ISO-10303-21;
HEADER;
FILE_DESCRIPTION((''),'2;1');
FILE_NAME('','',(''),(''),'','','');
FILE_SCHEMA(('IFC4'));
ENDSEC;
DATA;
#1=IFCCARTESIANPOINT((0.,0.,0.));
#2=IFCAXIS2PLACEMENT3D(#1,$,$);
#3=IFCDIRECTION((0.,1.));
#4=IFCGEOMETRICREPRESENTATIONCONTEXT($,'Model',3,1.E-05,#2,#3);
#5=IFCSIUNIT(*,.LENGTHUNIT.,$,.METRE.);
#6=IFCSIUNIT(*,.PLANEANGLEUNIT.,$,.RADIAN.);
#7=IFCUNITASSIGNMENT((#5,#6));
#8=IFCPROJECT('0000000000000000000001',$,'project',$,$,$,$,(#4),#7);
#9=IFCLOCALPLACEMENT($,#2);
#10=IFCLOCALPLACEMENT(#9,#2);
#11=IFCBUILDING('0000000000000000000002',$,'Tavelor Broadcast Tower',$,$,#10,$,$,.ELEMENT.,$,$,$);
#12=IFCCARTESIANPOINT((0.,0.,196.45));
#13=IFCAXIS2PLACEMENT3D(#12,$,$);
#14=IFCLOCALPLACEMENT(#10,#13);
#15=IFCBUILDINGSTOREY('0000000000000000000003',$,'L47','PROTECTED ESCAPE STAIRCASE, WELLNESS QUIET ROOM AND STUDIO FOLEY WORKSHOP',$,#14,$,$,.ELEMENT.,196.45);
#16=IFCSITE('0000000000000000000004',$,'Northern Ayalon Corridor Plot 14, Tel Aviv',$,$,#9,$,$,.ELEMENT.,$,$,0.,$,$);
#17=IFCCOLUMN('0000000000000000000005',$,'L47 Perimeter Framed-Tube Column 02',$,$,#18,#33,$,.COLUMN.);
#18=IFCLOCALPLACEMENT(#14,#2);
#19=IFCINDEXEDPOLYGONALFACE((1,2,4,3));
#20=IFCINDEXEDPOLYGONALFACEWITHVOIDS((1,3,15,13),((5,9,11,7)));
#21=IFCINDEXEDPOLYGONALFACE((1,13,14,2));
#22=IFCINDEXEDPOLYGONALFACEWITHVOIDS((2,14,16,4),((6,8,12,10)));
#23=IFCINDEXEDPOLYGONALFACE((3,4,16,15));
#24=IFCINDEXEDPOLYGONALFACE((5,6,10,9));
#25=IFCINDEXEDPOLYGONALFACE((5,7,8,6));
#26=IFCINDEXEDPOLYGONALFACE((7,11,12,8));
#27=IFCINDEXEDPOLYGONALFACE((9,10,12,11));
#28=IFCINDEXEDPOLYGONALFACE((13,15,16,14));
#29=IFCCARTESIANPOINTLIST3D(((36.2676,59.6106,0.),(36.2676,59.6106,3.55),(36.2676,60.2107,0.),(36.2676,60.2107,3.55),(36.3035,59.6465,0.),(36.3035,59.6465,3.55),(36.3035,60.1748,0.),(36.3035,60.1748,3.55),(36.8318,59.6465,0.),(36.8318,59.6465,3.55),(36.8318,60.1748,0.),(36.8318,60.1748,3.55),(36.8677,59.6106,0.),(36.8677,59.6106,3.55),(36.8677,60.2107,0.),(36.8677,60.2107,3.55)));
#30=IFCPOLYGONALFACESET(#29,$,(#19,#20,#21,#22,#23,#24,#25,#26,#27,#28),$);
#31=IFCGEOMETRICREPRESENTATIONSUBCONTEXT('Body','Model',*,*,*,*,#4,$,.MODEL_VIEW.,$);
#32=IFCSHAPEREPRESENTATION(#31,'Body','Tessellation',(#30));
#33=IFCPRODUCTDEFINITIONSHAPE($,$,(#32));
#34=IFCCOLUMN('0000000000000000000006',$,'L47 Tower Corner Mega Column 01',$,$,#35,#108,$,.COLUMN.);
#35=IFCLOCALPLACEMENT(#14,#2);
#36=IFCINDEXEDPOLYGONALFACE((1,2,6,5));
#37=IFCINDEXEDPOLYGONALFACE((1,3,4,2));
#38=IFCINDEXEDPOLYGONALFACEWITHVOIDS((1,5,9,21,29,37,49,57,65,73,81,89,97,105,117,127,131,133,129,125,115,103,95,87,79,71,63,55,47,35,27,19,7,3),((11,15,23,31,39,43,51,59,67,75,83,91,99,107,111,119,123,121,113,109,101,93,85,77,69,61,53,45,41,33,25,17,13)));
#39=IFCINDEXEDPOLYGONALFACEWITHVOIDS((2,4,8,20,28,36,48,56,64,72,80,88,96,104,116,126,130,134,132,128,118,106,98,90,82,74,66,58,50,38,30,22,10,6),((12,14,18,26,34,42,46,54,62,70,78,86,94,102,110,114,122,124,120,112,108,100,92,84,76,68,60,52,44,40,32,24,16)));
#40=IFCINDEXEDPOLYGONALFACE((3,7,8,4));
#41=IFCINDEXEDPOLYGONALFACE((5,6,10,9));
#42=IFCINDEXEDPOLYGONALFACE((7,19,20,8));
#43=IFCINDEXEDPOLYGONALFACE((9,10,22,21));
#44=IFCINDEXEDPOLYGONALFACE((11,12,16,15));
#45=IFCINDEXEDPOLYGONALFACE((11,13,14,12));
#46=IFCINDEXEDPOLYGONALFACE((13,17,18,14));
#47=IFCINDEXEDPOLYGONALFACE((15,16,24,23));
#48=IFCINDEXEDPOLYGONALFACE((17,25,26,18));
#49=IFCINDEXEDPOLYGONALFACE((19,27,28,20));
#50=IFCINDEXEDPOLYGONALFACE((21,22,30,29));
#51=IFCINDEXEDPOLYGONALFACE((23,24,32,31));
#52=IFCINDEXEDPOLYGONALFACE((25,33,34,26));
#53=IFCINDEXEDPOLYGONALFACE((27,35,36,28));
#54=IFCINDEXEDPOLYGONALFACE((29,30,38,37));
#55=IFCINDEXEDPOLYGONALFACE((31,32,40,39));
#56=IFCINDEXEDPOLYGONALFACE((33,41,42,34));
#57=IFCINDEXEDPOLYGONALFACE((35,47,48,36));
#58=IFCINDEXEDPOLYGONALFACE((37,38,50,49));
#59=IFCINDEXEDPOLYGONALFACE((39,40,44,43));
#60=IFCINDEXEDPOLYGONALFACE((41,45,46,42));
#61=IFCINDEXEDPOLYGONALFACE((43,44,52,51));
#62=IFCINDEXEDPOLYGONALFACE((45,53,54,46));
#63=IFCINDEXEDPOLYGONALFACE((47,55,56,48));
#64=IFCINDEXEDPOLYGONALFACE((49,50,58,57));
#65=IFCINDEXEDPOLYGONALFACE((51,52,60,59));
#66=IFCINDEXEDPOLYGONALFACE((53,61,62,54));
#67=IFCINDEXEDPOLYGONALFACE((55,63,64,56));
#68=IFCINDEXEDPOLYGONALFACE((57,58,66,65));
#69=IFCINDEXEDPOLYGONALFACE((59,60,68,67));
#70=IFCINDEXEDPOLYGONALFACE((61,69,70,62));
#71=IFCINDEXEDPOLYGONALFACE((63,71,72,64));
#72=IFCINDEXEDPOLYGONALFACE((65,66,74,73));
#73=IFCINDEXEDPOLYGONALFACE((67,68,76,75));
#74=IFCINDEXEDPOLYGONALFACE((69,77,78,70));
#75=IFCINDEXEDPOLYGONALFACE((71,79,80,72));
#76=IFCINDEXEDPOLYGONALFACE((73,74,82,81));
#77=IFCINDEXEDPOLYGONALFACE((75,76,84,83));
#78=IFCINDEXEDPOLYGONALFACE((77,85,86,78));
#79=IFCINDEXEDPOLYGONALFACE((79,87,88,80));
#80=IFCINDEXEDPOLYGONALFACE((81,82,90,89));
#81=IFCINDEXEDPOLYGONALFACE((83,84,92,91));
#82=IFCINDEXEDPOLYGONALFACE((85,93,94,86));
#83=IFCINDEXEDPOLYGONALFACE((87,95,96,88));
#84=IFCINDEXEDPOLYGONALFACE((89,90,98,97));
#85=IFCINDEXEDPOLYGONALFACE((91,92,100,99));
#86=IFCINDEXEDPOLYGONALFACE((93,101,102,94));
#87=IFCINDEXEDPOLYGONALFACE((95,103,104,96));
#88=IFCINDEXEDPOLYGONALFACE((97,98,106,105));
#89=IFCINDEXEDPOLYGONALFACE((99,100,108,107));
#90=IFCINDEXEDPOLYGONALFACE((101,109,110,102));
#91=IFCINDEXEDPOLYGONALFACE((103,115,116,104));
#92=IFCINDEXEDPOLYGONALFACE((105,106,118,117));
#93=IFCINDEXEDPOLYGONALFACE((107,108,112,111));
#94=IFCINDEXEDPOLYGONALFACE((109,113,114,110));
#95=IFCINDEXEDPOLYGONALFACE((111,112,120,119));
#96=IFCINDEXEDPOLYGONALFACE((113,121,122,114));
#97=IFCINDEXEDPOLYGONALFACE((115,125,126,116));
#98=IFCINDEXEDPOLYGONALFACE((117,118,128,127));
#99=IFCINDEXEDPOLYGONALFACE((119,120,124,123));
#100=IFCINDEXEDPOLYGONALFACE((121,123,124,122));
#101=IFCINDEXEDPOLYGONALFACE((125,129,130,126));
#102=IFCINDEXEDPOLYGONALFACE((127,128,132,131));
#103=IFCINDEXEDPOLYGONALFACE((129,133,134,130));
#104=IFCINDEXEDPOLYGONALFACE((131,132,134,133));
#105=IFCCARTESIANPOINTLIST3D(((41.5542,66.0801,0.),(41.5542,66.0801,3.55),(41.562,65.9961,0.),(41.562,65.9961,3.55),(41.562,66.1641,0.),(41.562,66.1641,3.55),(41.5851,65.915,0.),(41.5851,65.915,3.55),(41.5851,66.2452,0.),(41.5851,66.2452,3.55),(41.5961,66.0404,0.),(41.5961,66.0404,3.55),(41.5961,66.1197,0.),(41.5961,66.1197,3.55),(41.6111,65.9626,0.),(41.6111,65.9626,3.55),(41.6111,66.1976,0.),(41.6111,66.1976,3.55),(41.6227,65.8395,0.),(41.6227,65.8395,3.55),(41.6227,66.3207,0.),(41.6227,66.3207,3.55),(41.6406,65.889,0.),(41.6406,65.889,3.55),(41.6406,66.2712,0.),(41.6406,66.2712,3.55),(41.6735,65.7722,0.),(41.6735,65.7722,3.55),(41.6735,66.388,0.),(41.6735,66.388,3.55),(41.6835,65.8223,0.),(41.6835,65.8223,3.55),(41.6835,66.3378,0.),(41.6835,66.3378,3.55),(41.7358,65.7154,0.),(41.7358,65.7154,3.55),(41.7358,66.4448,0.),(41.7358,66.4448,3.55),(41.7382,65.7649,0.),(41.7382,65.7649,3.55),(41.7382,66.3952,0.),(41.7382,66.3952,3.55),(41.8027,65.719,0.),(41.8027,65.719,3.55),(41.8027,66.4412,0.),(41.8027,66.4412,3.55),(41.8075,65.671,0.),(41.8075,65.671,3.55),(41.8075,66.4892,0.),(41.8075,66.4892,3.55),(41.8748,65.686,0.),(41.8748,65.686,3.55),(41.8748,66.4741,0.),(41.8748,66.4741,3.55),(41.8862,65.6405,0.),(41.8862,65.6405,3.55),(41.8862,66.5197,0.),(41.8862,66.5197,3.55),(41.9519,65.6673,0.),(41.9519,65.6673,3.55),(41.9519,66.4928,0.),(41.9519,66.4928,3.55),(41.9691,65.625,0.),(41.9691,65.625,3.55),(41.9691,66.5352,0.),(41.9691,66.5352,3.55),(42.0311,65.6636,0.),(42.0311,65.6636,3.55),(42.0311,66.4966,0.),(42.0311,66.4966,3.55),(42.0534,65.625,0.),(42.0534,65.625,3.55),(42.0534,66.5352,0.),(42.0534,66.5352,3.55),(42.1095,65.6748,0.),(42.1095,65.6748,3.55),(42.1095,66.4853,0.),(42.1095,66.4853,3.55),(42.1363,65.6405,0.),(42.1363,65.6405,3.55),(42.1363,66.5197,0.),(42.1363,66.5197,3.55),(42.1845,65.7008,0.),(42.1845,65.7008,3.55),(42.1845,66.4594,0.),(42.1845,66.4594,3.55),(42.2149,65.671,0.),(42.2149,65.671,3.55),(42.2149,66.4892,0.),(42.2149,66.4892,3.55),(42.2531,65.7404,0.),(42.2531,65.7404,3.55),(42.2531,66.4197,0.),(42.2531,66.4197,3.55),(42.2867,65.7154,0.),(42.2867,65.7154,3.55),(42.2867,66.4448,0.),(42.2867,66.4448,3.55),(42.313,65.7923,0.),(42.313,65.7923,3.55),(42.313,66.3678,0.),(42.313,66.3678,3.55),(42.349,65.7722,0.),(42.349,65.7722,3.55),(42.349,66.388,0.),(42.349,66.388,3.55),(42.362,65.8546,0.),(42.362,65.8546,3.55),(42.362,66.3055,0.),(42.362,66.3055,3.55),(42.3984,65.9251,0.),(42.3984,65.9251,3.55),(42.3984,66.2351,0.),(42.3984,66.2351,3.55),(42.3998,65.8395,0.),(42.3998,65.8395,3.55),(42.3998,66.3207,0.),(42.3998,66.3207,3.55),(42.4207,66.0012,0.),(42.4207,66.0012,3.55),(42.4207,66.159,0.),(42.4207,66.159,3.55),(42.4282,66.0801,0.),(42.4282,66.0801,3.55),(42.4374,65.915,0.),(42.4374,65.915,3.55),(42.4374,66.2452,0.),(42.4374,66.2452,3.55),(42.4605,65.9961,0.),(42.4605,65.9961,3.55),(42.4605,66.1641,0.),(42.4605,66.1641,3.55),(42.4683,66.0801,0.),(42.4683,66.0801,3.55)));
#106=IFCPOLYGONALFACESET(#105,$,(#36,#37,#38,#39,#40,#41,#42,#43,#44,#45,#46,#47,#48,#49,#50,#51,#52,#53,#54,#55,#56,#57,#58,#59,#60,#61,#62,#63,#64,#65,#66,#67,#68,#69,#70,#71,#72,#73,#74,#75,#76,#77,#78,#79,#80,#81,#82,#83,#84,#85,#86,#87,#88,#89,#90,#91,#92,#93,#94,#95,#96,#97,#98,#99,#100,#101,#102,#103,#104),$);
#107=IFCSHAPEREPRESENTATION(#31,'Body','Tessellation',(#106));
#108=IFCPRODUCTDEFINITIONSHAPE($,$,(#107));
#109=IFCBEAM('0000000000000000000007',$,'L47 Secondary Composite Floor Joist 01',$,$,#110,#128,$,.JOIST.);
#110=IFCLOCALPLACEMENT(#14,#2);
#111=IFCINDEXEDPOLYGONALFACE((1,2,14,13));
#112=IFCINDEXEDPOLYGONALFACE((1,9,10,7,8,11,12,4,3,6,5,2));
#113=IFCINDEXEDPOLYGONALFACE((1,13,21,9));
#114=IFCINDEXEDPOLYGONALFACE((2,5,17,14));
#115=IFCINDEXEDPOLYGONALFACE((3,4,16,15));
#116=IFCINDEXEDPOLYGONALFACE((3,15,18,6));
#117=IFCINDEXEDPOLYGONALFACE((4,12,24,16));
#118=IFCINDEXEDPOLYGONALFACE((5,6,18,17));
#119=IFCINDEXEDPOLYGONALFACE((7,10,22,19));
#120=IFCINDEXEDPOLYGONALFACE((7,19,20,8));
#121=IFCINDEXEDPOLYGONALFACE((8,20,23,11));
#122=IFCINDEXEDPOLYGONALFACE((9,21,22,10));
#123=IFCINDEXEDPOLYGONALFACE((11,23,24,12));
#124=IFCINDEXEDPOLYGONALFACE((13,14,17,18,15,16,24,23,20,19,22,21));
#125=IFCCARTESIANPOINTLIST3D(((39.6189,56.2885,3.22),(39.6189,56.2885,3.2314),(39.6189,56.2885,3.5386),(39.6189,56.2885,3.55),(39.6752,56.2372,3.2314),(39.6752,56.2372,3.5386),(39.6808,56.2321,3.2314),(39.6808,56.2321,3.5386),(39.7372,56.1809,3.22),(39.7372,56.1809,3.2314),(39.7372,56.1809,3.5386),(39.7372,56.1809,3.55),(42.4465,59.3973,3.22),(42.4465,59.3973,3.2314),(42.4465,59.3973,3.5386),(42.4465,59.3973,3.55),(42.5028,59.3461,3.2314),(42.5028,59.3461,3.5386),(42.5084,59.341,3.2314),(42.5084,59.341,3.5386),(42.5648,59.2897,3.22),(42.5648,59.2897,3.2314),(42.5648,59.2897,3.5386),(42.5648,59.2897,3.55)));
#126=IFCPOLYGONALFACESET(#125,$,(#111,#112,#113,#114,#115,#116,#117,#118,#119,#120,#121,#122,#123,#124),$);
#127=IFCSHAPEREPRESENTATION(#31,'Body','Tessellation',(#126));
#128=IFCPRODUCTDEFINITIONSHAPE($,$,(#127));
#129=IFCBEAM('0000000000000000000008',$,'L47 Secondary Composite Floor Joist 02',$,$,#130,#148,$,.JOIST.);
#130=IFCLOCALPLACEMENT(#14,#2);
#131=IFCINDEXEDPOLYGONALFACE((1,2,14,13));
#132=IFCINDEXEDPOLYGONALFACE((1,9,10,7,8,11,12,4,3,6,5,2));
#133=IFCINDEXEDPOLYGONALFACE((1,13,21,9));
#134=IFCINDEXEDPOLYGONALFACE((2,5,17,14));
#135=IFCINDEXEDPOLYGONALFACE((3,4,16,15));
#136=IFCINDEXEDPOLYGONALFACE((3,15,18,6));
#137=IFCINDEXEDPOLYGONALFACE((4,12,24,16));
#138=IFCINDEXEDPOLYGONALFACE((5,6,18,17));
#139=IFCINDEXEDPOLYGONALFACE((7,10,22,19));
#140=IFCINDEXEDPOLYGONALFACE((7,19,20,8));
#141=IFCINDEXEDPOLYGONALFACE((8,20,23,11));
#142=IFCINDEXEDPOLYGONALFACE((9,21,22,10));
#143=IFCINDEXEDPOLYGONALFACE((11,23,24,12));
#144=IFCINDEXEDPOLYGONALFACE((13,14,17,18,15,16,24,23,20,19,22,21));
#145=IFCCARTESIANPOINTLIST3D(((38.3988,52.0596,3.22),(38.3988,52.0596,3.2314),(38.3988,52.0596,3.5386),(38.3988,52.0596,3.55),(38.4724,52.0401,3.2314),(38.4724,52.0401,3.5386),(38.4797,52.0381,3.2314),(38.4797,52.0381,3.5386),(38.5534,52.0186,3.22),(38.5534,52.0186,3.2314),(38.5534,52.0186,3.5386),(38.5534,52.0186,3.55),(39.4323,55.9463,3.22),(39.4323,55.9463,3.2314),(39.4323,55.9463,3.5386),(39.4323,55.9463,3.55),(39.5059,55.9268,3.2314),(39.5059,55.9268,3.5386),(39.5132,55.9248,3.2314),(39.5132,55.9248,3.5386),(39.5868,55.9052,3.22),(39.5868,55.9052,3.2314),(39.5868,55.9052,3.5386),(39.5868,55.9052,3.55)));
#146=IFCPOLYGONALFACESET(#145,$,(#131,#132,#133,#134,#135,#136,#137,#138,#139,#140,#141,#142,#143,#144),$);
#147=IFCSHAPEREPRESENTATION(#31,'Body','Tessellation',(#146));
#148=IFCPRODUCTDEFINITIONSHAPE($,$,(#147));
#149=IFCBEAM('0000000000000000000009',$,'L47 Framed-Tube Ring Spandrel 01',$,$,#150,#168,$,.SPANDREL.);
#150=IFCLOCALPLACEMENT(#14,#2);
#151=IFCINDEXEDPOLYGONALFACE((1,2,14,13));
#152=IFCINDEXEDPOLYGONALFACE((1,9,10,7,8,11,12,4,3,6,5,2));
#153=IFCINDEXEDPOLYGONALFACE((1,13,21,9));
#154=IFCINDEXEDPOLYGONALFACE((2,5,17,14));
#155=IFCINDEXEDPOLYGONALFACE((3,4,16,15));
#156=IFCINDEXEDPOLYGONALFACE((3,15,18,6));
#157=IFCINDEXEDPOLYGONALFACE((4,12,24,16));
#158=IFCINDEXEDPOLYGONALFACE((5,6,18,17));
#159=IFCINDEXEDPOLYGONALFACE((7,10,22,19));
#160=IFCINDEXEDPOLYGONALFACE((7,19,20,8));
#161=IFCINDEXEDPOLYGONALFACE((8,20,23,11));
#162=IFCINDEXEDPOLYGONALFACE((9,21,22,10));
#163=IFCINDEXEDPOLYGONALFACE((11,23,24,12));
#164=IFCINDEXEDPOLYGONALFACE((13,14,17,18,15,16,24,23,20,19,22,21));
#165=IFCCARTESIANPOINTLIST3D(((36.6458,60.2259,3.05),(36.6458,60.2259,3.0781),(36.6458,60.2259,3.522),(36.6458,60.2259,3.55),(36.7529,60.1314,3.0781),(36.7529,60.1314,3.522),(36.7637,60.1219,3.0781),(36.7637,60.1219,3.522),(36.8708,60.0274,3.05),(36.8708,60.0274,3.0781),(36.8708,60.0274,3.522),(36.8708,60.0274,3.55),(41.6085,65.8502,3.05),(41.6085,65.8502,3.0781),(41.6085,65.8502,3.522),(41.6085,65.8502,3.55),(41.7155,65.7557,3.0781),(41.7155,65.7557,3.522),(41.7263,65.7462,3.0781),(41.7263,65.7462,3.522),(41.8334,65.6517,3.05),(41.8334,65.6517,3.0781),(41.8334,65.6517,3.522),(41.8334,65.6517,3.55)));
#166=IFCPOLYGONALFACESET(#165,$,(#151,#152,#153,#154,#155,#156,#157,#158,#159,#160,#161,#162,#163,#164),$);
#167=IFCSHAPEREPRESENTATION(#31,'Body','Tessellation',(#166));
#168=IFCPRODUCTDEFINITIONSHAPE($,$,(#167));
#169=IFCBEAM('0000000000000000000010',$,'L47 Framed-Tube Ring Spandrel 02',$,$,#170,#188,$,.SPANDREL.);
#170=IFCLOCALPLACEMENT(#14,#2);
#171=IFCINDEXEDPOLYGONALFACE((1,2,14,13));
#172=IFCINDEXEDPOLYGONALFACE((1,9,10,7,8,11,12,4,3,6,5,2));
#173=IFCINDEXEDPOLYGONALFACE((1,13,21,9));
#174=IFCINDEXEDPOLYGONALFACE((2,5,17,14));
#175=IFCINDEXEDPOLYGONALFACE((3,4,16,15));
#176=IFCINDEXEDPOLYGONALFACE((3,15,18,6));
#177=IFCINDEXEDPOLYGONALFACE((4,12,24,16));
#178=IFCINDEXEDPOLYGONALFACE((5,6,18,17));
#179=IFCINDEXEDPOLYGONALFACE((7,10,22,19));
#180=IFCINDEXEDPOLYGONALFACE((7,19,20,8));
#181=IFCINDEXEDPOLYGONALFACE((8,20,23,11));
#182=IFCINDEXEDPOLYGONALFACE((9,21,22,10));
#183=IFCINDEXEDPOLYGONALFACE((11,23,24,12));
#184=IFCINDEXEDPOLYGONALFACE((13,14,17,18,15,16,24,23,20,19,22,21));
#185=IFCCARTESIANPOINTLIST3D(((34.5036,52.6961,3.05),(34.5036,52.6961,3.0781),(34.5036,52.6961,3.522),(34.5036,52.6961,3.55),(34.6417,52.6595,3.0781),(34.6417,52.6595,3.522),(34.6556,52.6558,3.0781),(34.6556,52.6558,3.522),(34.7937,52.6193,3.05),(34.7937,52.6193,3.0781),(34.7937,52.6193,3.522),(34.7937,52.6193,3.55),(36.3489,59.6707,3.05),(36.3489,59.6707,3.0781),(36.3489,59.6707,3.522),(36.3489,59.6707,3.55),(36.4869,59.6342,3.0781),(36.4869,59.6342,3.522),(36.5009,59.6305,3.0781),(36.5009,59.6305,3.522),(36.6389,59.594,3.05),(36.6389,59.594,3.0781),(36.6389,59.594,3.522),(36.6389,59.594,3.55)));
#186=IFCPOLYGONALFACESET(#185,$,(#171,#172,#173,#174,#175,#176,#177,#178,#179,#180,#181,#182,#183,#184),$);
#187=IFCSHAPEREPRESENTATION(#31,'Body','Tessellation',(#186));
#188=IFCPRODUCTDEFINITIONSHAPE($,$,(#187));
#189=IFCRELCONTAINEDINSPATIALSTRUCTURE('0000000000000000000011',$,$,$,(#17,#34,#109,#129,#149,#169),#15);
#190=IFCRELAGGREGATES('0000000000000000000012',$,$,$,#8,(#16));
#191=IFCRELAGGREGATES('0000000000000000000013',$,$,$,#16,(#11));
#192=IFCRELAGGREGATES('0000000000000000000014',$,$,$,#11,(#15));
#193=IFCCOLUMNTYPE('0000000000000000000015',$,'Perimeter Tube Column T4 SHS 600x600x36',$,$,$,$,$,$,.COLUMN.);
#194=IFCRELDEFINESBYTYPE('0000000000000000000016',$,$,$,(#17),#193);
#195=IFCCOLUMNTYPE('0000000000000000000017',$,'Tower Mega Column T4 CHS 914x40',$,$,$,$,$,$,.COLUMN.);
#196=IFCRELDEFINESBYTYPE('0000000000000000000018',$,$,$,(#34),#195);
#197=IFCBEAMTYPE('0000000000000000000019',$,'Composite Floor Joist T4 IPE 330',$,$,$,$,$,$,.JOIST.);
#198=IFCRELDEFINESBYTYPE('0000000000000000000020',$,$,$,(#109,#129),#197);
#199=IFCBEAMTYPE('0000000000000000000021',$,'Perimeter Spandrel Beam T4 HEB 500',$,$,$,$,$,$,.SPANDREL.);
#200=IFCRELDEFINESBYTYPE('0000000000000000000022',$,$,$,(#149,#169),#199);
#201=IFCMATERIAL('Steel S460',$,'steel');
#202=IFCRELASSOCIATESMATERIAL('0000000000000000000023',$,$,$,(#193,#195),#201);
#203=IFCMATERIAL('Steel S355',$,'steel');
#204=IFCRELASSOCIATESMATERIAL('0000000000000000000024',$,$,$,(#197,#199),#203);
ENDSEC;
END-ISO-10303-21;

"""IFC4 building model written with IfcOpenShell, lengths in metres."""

from ifc_helpers import new_model, si_unit, direction, frame, origin, origin_2d, place, context, subcontext, project, spatial, hollow_rectangle, hollow_circle, i_section, extrude, material, material_profile, profile_set, type_object, element, save


model = new_model("IFC4")

# Units and contexts
model_context = context("Model", 3, precision=1e-05, world=origin(), true_north=direction((0.0, 1.0)))
body_context = subcontext(model_context, "Body", "Model", "MODEL_VIEW")
ifc_project = project(units=[si_unit("LENGTHUNIT", "METRE"), si_unit("PLANEANGLEUNIT", "RADIAN")], contexts=[model_context])

# Site, building, storey
site_placement = place(None, origin())
site = spatial("IfcSite", under=ifc_project, at=site_placement, Name="Northern Ayalon Corridor Plot 14, Tel Aviv", CompositionType="ELEMENT", RefElevation=0.0)
building_placement = place(site_placement, origin())
building = spatial("IfcBuilding", under=site, at=building_placement, Name="Tavelor Broadcast Tower", CompositionType="ELEMENT")
storey_placement = place(building_placement, frame((0.0, 0.0, 196.45)))
storey = spatial("IfcBuildingStorey", under=building, at=storey_placement, Name="L47", Description="PROTECTED ESCAPE STAIRCASE, WELLNESS QUIET ROOM AND STUDIO FOLEY WORKSHOP", CompositionType="ELEMENT", Elevation=196.45)

# Columns
ifc_material_1 = material(Name="Steel S460", Category="steel")
ifc_material_profile_1 = material_profile(ifc_material_1, hollow_rectangle(XDim=0.6001, YDim=0.6001, WallThickness=0.0359, at=origin_2d()), Name="SHS 600x600x36")
ifc_profile_set_1 = profile_set([ifc_material_profile_1], Name="Steel S460")
column_type_1 = type_object("IfcColumnType", Name="Perimeter Tube Column T4 SHS 600x600x36", PredefinedType="COLUMN", material=ifc_profile_set_1)
column_1_placement = place(storey_placement, frame((36.5676, 59.9106, 0.0), z_axis=(0.0, 0.0, 1.0), x_axis=(1.0, 0.0, 0.0)))
element("IfcColumn", 1, at=column_1_placement, inside=storey, type_object=column_type_1, Name="L47 Perimeter Framed-Tube Column 02", PredefinedType="COLUMN", context=body_context, shape_type="SweptSolid", body=[
    extrude(hollow_rectangle(XDim=0.6001, YDim=0.6001, WallThickness=0.0359, at=origin_2d()), origin(), (0.0, 0.0, 1.0), 3.55),
])
ifc_material_profile_2 = material_profile(ifc_material_1, hollow_circle(Radius=0.457, WallThickness=0.04, at=origin_2d()), Name="CHS 914x40")
ifc_profile_set_2 = profile_set([ifc_material_profile_2], Name="Steel S460")
column_type_2 = type_object("IfcColumnType", Name="Tower Mega Column T4 CHS 914x40", PredefinedType="COLUMN", material=ifc_profile_set_2)
column_2_placement = place(storey_placement, frame((42.0112, 66.0801, 0.0), z_axis=(0.0, 0.0, 1.0), x_axis=(1.0, 0.0, 0.0)))
element("IfcColumn", 2, at=column_2_placement, inside=storey, type_object=column_type_2, Name="L47 Tower Corner Mega Column 01", PredefinedType="COLUMN", context=body_context, shape_type="SweptSolid", body=[
    extrude(hollow_circle(Radius=0.457, WallThickness=0.04, at=origin_2d()), origin(), (0.0, 0.0, 1.0), 3.55),
])

# Beams
ifc_material_2 = material(Name="Steel S355", Category="steel")
ifc_material_profile_3 = material_profile(ifc_material_2, i_section(OverallWidth=0.1599, OverallDepth=0.3301, WebThickness=0.0076, FlangeThickness=0.0115, at=origin_2d()), Name="IPE 330")
ifc_profile_set_3 = profile_set([ifc_material_profile_3], Name="Steel S355")
beam_type_1 = type_object("IfcBeamType", Name="Composite Floor Joist T4 IPE 330", PredefinedType="JOIST", material=ifc_profile_set_3)
beam_1_placement = place(storey_placement, frame((42.5056, 59.3435, 3.385), z_axis=(-0.672852, -0.739777, 0.0), x_axis=(0.739777, -0.672852, 0.0)))
element("IfcBeam", 3, at=beam_1_placement, inside=storey, type_object=beam_type_1, Name="L47 Secondary Composite Floor Joist 01", PredefinedType="JOIST", context=body_context, shape_type="SweptSolid", body=[
    extrude(i_section(OverallWidth=0.1599, OverallDepth=0.3301, WebThickness=0.0076, FlangeThickness=0.0115, at=origin_2d()), origin(), (0.0, 0.0, 1.0), 4.2024),
])
beam_2_placement = place(storey_placement, frame((39.5095, 55.9258, 3.385), z_axis=(-0.256964, -0.966421, 0.0), x_axis=(0.966421, -0.256964, 0.0)))
element("IfcBeam", 4, at=beam_2_placement, inside=storey, type_object=beam_type_1, Name="L47 Secondary Composite Floor Joist 02", PredefinedType="JOIST", context=body_context, shape_type="SweptSolid", body=[
    extrude(i_section(OverallWidth=0.1599, OverallDepth=0.3301, WebThickness=0.0076, FlangeThickness=0.0115, at=origin_2d()), origin(), (0.0, 0.0, 1.0), 4.0217),
])
ifc_material_profile_4 = material_profile(ifc_material_2, i_section(OverallWidth=0.3, OverallDepth=0.5, WebThickness=0.0144, FlangeThickness=0.0281, at=origin_2d()), Name="HEB 500")
ifc_profile_set_4 = profile_set([ifc_material_profile_4], Name="Steel S355")
beam_type_2 = type_object("IfcBeamType", Name="Perimeter Spandrel Beam T4 HEB 500", PredefinedType="SPANDREL", material=ifc_profile_set_4)
beam_3_placement = place(storey_placement, frame((41.7209, 65.751, 3.3), z_axis=(-0.661626, -0.749834, 0.0), x_axis=(0.749834, -0.661626, 0.0)))
element("IfcBeam", 5, at=beam_3_placement, inside=storey, type_object=beam_type_2, Name="L47 Framed-Tube Ring Spandrel 01", PredefinedType="SPANDREL", context=body_context, shape_type="SweptSolid", body=[
    extrude(i_section(OverallWidth=0.3, OverallDepth=0.5, WebThickness=0.0144, FlangeThickness=0.0281, at=origin_2d()), origin(), (0.0, 0.0, 1.0), 7.5007),
])
beam_4_placement = place(storey_placement, frame((36.4939, 59.6323, 3.3), z_axis=(-0.255762, -0.96674, 0.0), x_axis=(0.96674, -0.255762, 0.0)))
element("IfcBeam", 6, at=beam_4_placement, inside=storey, type_object=beam_type_2, Name="L47 Framed-Tube Ring Spandrel 02", PredefinedType="SPANDREL", context=body_context, shape_type="SweptSolid", body=[
    extrude(i_section(OverallWidth=0.3, OverallDepth=0.5, WebThickness=0.0144, FlangeThickness=0.0281, at=origin_2d()), origin(), (0.0, 0.0, 1.0), 7.2146),
])

save(model, "model.ifc")
